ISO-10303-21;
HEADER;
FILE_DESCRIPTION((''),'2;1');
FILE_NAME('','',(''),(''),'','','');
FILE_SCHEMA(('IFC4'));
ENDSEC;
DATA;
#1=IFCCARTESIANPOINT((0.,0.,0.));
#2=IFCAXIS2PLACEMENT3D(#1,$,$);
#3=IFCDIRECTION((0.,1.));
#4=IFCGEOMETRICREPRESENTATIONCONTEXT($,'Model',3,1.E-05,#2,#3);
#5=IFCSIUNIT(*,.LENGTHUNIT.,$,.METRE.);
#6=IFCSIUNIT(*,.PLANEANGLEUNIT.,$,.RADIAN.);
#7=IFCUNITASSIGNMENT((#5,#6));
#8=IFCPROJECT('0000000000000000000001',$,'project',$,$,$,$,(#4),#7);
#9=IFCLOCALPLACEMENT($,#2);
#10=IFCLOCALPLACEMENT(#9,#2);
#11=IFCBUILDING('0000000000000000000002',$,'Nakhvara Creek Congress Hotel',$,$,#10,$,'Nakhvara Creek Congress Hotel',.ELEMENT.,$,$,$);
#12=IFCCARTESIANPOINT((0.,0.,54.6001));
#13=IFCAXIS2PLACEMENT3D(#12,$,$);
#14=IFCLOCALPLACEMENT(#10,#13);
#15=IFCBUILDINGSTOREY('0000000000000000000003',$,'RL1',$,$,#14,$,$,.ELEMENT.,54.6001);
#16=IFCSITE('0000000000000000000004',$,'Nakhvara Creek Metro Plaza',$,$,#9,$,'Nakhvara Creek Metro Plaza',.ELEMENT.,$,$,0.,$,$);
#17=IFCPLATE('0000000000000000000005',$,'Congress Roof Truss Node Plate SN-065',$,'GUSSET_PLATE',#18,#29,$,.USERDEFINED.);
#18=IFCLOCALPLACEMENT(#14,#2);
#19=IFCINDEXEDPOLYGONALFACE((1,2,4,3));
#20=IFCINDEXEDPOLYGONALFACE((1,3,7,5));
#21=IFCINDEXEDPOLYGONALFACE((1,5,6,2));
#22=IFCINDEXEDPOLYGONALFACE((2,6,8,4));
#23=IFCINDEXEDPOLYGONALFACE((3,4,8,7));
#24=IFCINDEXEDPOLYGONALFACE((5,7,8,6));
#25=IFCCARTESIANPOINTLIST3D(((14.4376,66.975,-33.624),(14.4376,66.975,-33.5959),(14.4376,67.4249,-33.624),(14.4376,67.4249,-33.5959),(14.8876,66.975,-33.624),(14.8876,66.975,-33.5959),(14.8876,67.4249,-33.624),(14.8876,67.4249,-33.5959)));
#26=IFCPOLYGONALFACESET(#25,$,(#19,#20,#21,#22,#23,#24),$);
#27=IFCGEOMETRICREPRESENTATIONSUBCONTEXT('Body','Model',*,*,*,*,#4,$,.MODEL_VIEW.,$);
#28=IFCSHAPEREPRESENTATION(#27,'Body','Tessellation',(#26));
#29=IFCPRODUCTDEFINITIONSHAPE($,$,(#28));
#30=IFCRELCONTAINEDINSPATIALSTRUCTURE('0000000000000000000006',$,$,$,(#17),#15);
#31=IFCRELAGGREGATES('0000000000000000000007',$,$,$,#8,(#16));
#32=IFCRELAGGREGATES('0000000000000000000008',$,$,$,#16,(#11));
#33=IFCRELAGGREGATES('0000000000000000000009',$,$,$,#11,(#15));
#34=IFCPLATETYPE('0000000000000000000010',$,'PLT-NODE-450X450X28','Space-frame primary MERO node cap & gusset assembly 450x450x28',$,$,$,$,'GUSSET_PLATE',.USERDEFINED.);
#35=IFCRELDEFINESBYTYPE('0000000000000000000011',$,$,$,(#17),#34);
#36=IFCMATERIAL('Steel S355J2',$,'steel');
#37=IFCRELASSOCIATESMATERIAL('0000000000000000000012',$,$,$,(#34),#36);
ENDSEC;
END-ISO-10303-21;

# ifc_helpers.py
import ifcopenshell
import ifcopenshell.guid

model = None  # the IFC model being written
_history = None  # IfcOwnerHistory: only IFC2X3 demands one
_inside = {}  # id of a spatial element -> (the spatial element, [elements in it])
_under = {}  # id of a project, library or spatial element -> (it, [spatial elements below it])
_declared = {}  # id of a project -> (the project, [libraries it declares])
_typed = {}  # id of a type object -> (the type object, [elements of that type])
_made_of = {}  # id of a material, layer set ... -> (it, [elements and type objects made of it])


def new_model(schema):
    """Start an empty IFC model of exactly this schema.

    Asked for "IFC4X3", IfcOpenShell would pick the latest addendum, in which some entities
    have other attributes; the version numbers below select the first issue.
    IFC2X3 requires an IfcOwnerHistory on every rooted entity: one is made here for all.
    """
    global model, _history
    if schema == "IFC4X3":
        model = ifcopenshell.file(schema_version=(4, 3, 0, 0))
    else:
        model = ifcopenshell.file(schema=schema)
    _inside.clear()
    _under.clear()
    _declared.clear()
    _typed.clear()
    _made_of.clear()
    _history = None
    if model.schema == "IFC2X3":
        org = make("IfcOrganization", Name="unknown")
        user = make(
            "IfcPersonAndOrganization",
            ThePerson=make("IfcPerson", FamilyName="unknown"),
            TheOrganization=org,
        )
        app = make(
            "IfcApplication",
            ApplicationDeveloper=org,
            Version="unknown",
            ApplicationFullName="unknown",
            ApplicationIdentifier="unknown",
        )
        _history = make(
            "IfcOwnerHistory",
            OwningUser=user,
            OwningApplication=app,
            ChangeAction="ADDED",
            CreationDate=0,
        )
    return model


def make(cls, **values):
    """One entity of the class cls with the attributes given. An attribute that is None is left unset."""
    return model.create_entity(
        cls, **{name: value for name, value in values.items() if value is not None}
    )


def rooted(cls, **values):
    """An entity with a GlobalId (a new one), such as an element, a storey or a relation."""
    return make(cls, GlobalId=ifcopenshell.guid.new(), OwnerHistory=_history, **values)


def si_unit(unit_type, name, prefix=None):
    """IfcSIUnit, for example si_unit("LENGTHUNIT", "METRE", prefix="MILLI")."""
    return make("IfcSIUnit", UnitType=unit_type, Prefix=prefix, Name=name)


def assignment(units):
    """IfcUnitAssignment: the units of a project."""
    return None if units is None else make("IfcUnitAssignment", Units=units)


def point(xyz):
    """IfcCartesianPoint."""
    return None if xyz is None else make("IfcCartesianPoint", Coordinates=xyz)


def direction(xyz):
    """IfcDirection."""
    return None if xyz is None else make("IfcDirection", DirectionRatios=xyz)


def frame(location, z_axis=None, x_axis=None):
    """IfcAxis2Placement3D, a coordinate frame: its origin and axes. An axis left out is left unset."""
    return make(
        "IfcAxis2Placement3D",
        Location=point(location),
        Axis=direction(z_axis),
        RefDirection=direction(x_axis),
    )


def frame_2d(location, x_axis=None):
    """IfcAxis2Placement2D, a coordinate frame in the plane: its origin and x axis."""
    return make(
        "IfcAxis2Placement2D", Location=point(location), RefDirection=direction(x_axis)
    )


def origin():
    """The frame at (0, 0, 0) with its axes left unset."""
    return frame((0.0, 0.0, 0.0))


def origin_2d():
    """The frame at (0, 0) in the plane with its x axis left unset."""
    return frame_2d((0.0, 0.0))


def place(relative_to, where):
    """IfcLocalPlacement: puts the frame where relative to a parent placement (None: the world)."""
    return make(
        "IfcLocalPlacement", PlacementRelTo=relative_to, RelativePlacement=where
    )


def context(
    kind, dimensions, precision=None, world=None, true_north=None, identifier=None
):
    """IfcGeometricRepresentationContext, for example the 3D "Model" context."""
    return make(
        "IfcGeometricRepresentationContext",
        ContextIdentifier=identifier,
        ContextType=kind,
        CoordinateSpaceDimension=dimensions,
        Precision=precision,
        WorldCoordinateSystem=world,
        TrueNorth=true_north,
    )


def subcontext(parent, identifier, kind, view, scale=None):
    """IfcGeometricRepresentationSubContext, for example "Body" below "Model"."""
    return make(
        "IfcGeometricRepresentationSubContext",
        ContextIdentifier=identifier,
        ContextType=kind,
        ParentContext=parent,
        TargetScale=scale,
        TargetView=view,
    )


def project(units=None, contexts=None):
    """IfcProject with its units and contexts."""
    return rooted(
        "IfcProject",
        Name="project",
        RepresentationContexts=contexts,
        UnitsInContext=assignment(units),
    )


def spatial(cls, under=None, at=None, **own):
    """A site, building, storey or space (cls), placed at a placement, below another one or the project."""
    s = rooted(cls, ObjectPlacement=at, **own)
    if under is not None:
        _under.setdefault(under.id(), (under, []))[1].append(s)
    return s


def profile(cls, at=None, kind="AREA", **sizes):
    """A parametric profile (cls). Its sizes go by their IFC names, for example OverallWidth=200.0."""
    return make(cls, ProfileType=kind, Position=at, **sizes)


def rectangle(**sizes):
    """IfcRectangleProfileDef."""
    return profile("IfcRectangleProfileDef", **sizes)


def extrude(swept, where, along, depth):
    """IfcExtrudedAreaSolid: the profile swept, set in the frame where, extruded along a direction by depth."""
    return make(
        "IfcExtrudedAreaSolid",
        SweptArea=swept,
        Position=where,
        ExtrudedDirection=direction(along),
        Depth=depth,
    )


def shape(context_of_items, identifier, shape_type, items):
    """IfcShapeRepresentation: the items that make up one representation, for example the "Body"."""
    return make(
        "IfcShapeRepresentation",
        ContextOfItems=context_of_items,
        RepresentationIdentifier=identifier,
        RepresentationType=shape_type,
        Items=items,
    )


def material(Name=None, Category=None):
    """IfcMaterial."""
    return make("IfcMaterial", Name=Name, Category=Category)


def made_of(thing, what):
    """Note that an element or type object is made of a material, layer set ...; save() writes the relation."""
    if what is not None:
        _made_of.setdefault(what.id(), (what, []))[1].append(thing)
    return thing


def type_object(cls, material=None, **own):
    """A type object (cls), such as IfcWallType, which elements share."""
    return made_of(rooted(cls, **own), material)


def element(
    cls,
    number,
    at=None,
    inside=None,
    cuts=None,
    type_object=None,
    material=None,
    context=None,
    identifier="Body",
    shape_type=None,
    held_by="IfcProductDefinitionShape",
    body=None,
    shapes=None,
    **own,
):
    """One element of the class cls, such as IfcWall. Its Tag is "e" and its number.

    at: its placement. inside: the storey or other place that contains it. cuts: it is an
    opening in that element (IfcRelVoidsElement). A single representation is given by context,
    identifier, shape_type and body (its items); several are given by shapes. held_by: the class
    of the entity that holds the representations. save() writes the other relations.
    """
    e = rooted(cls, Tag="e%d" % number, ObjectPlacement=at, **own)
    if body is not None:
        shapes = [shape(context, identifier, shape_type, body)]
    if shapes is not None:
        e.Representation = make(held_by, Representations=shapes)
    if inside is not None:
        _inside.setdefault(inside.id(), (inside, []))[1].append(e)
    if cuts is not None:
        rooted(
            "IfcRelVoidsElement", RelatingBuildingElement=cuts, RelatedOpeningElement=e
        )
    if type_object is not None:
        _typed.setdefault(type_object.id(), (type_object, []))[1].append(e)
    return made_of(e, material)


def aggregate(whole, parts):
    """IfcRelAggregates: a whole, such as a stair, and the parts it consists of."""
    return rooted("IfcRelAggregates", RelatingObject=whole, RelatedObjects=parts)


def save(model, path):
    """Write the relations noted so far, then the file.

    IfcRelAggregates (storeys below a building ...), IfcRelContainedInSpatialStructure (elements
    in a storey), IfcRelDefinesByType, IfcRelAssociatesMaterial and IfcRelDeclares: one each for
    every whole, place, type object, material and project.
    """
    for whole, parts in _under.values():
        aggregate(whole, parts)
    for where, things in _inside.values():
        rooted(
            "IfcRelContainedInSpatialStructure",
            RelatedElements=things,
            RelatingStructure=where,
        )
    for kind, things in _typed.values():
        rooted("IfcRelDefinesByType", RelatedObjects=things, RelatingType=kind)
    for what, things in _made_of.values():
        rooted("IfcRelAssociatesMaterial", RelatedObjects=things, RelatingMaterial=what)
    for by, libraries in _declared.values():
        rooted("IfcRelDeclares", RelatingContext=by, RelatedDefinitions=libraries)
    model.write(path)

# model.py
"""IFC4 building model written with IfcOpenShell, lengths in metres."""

from ifc_helpers import new_model, si_unit, direction, frame, origin, origin_2d, place, context, subcontext, project, spatial, rectangle, extrude, material, type_object, element, save


model = new_model("IFC4")

# Units and contexts
model_context = context("Model", 3, precision=1e-05, world=origin(), true_north=direction((0.0, 1.0)))
body_context = subcontext(model_context, "Body", "Model", "MODEL_VIEW")
ifc_project = project(units=[si_unit("LENGTHUNIT", "METRE"), si_unit("PLANEANGLEUNIT", "RADIAN")], contexts=[model_context])

# Site, building, storey
site_placement = place(None, origin())
site = spatial("IfcSite", under=ifc_project, at=site_placement, Name="Nakhvara Creek Metro Plaza", LongName="Nakhvara Creek Metro Plaza", CompositionType="ELEMENT", RefElevation=0.0)
building_placement = place(site_placement, origin())
building = spatial("IfcBuilding", under=site, at=building_placement, Name="Nakhvara Creek Congress Hotel", LongName="Nakhvara Creek Congress Hotel", CompositionType="ELEMENT")
storey_placement = place(building_placement, frame((0.0, 0.0, 54.6001)))
storey = spatial("IfcBuildingStorey", under=building, at=storey_placement, Name="RL1", CompositionType="ELEMENT", Elevation=54.6001)

# Plate
ifc_material_1 = material(Name="Steel S355J2", Category="steel")
plate_type_1 = type_object("IfcPlateType", Name="PLT-NODE-450X450X28", Description="Space-frame primary MERO node cap & gusset assembly 450x450x28", ElementType="GUSSET_PLATE", PredefinedType="USERDEFINED", material=ifc_material_1)
for number, where, z_axis, x_axis, name in (
    (1, (14.6626, 67.2, -33.624), (0.0, 0.0, 1.0), (1.0, 0.0, 0.0), "Congress Roof Truss Node Plate SN-065"),
):
    element("IfcPlate", number, at=place(storey_placement, frame(where, z_axis=z_axis, x_axis=x_axis)), inside=storey, type_object=plate_type_1, Name=name, ObjectType="GUSSET_PLATE", PredefinedType="USERDEFINED", context=body_context, shape_type="SweptSolid", body=[
        extrude(rectangle(XDim=0.45, YDim=0.45, at=origin_2d()), origin(), (0.0, 0.0, 1.0), 0.0281),
    ])

save(model, "model.ifc")
